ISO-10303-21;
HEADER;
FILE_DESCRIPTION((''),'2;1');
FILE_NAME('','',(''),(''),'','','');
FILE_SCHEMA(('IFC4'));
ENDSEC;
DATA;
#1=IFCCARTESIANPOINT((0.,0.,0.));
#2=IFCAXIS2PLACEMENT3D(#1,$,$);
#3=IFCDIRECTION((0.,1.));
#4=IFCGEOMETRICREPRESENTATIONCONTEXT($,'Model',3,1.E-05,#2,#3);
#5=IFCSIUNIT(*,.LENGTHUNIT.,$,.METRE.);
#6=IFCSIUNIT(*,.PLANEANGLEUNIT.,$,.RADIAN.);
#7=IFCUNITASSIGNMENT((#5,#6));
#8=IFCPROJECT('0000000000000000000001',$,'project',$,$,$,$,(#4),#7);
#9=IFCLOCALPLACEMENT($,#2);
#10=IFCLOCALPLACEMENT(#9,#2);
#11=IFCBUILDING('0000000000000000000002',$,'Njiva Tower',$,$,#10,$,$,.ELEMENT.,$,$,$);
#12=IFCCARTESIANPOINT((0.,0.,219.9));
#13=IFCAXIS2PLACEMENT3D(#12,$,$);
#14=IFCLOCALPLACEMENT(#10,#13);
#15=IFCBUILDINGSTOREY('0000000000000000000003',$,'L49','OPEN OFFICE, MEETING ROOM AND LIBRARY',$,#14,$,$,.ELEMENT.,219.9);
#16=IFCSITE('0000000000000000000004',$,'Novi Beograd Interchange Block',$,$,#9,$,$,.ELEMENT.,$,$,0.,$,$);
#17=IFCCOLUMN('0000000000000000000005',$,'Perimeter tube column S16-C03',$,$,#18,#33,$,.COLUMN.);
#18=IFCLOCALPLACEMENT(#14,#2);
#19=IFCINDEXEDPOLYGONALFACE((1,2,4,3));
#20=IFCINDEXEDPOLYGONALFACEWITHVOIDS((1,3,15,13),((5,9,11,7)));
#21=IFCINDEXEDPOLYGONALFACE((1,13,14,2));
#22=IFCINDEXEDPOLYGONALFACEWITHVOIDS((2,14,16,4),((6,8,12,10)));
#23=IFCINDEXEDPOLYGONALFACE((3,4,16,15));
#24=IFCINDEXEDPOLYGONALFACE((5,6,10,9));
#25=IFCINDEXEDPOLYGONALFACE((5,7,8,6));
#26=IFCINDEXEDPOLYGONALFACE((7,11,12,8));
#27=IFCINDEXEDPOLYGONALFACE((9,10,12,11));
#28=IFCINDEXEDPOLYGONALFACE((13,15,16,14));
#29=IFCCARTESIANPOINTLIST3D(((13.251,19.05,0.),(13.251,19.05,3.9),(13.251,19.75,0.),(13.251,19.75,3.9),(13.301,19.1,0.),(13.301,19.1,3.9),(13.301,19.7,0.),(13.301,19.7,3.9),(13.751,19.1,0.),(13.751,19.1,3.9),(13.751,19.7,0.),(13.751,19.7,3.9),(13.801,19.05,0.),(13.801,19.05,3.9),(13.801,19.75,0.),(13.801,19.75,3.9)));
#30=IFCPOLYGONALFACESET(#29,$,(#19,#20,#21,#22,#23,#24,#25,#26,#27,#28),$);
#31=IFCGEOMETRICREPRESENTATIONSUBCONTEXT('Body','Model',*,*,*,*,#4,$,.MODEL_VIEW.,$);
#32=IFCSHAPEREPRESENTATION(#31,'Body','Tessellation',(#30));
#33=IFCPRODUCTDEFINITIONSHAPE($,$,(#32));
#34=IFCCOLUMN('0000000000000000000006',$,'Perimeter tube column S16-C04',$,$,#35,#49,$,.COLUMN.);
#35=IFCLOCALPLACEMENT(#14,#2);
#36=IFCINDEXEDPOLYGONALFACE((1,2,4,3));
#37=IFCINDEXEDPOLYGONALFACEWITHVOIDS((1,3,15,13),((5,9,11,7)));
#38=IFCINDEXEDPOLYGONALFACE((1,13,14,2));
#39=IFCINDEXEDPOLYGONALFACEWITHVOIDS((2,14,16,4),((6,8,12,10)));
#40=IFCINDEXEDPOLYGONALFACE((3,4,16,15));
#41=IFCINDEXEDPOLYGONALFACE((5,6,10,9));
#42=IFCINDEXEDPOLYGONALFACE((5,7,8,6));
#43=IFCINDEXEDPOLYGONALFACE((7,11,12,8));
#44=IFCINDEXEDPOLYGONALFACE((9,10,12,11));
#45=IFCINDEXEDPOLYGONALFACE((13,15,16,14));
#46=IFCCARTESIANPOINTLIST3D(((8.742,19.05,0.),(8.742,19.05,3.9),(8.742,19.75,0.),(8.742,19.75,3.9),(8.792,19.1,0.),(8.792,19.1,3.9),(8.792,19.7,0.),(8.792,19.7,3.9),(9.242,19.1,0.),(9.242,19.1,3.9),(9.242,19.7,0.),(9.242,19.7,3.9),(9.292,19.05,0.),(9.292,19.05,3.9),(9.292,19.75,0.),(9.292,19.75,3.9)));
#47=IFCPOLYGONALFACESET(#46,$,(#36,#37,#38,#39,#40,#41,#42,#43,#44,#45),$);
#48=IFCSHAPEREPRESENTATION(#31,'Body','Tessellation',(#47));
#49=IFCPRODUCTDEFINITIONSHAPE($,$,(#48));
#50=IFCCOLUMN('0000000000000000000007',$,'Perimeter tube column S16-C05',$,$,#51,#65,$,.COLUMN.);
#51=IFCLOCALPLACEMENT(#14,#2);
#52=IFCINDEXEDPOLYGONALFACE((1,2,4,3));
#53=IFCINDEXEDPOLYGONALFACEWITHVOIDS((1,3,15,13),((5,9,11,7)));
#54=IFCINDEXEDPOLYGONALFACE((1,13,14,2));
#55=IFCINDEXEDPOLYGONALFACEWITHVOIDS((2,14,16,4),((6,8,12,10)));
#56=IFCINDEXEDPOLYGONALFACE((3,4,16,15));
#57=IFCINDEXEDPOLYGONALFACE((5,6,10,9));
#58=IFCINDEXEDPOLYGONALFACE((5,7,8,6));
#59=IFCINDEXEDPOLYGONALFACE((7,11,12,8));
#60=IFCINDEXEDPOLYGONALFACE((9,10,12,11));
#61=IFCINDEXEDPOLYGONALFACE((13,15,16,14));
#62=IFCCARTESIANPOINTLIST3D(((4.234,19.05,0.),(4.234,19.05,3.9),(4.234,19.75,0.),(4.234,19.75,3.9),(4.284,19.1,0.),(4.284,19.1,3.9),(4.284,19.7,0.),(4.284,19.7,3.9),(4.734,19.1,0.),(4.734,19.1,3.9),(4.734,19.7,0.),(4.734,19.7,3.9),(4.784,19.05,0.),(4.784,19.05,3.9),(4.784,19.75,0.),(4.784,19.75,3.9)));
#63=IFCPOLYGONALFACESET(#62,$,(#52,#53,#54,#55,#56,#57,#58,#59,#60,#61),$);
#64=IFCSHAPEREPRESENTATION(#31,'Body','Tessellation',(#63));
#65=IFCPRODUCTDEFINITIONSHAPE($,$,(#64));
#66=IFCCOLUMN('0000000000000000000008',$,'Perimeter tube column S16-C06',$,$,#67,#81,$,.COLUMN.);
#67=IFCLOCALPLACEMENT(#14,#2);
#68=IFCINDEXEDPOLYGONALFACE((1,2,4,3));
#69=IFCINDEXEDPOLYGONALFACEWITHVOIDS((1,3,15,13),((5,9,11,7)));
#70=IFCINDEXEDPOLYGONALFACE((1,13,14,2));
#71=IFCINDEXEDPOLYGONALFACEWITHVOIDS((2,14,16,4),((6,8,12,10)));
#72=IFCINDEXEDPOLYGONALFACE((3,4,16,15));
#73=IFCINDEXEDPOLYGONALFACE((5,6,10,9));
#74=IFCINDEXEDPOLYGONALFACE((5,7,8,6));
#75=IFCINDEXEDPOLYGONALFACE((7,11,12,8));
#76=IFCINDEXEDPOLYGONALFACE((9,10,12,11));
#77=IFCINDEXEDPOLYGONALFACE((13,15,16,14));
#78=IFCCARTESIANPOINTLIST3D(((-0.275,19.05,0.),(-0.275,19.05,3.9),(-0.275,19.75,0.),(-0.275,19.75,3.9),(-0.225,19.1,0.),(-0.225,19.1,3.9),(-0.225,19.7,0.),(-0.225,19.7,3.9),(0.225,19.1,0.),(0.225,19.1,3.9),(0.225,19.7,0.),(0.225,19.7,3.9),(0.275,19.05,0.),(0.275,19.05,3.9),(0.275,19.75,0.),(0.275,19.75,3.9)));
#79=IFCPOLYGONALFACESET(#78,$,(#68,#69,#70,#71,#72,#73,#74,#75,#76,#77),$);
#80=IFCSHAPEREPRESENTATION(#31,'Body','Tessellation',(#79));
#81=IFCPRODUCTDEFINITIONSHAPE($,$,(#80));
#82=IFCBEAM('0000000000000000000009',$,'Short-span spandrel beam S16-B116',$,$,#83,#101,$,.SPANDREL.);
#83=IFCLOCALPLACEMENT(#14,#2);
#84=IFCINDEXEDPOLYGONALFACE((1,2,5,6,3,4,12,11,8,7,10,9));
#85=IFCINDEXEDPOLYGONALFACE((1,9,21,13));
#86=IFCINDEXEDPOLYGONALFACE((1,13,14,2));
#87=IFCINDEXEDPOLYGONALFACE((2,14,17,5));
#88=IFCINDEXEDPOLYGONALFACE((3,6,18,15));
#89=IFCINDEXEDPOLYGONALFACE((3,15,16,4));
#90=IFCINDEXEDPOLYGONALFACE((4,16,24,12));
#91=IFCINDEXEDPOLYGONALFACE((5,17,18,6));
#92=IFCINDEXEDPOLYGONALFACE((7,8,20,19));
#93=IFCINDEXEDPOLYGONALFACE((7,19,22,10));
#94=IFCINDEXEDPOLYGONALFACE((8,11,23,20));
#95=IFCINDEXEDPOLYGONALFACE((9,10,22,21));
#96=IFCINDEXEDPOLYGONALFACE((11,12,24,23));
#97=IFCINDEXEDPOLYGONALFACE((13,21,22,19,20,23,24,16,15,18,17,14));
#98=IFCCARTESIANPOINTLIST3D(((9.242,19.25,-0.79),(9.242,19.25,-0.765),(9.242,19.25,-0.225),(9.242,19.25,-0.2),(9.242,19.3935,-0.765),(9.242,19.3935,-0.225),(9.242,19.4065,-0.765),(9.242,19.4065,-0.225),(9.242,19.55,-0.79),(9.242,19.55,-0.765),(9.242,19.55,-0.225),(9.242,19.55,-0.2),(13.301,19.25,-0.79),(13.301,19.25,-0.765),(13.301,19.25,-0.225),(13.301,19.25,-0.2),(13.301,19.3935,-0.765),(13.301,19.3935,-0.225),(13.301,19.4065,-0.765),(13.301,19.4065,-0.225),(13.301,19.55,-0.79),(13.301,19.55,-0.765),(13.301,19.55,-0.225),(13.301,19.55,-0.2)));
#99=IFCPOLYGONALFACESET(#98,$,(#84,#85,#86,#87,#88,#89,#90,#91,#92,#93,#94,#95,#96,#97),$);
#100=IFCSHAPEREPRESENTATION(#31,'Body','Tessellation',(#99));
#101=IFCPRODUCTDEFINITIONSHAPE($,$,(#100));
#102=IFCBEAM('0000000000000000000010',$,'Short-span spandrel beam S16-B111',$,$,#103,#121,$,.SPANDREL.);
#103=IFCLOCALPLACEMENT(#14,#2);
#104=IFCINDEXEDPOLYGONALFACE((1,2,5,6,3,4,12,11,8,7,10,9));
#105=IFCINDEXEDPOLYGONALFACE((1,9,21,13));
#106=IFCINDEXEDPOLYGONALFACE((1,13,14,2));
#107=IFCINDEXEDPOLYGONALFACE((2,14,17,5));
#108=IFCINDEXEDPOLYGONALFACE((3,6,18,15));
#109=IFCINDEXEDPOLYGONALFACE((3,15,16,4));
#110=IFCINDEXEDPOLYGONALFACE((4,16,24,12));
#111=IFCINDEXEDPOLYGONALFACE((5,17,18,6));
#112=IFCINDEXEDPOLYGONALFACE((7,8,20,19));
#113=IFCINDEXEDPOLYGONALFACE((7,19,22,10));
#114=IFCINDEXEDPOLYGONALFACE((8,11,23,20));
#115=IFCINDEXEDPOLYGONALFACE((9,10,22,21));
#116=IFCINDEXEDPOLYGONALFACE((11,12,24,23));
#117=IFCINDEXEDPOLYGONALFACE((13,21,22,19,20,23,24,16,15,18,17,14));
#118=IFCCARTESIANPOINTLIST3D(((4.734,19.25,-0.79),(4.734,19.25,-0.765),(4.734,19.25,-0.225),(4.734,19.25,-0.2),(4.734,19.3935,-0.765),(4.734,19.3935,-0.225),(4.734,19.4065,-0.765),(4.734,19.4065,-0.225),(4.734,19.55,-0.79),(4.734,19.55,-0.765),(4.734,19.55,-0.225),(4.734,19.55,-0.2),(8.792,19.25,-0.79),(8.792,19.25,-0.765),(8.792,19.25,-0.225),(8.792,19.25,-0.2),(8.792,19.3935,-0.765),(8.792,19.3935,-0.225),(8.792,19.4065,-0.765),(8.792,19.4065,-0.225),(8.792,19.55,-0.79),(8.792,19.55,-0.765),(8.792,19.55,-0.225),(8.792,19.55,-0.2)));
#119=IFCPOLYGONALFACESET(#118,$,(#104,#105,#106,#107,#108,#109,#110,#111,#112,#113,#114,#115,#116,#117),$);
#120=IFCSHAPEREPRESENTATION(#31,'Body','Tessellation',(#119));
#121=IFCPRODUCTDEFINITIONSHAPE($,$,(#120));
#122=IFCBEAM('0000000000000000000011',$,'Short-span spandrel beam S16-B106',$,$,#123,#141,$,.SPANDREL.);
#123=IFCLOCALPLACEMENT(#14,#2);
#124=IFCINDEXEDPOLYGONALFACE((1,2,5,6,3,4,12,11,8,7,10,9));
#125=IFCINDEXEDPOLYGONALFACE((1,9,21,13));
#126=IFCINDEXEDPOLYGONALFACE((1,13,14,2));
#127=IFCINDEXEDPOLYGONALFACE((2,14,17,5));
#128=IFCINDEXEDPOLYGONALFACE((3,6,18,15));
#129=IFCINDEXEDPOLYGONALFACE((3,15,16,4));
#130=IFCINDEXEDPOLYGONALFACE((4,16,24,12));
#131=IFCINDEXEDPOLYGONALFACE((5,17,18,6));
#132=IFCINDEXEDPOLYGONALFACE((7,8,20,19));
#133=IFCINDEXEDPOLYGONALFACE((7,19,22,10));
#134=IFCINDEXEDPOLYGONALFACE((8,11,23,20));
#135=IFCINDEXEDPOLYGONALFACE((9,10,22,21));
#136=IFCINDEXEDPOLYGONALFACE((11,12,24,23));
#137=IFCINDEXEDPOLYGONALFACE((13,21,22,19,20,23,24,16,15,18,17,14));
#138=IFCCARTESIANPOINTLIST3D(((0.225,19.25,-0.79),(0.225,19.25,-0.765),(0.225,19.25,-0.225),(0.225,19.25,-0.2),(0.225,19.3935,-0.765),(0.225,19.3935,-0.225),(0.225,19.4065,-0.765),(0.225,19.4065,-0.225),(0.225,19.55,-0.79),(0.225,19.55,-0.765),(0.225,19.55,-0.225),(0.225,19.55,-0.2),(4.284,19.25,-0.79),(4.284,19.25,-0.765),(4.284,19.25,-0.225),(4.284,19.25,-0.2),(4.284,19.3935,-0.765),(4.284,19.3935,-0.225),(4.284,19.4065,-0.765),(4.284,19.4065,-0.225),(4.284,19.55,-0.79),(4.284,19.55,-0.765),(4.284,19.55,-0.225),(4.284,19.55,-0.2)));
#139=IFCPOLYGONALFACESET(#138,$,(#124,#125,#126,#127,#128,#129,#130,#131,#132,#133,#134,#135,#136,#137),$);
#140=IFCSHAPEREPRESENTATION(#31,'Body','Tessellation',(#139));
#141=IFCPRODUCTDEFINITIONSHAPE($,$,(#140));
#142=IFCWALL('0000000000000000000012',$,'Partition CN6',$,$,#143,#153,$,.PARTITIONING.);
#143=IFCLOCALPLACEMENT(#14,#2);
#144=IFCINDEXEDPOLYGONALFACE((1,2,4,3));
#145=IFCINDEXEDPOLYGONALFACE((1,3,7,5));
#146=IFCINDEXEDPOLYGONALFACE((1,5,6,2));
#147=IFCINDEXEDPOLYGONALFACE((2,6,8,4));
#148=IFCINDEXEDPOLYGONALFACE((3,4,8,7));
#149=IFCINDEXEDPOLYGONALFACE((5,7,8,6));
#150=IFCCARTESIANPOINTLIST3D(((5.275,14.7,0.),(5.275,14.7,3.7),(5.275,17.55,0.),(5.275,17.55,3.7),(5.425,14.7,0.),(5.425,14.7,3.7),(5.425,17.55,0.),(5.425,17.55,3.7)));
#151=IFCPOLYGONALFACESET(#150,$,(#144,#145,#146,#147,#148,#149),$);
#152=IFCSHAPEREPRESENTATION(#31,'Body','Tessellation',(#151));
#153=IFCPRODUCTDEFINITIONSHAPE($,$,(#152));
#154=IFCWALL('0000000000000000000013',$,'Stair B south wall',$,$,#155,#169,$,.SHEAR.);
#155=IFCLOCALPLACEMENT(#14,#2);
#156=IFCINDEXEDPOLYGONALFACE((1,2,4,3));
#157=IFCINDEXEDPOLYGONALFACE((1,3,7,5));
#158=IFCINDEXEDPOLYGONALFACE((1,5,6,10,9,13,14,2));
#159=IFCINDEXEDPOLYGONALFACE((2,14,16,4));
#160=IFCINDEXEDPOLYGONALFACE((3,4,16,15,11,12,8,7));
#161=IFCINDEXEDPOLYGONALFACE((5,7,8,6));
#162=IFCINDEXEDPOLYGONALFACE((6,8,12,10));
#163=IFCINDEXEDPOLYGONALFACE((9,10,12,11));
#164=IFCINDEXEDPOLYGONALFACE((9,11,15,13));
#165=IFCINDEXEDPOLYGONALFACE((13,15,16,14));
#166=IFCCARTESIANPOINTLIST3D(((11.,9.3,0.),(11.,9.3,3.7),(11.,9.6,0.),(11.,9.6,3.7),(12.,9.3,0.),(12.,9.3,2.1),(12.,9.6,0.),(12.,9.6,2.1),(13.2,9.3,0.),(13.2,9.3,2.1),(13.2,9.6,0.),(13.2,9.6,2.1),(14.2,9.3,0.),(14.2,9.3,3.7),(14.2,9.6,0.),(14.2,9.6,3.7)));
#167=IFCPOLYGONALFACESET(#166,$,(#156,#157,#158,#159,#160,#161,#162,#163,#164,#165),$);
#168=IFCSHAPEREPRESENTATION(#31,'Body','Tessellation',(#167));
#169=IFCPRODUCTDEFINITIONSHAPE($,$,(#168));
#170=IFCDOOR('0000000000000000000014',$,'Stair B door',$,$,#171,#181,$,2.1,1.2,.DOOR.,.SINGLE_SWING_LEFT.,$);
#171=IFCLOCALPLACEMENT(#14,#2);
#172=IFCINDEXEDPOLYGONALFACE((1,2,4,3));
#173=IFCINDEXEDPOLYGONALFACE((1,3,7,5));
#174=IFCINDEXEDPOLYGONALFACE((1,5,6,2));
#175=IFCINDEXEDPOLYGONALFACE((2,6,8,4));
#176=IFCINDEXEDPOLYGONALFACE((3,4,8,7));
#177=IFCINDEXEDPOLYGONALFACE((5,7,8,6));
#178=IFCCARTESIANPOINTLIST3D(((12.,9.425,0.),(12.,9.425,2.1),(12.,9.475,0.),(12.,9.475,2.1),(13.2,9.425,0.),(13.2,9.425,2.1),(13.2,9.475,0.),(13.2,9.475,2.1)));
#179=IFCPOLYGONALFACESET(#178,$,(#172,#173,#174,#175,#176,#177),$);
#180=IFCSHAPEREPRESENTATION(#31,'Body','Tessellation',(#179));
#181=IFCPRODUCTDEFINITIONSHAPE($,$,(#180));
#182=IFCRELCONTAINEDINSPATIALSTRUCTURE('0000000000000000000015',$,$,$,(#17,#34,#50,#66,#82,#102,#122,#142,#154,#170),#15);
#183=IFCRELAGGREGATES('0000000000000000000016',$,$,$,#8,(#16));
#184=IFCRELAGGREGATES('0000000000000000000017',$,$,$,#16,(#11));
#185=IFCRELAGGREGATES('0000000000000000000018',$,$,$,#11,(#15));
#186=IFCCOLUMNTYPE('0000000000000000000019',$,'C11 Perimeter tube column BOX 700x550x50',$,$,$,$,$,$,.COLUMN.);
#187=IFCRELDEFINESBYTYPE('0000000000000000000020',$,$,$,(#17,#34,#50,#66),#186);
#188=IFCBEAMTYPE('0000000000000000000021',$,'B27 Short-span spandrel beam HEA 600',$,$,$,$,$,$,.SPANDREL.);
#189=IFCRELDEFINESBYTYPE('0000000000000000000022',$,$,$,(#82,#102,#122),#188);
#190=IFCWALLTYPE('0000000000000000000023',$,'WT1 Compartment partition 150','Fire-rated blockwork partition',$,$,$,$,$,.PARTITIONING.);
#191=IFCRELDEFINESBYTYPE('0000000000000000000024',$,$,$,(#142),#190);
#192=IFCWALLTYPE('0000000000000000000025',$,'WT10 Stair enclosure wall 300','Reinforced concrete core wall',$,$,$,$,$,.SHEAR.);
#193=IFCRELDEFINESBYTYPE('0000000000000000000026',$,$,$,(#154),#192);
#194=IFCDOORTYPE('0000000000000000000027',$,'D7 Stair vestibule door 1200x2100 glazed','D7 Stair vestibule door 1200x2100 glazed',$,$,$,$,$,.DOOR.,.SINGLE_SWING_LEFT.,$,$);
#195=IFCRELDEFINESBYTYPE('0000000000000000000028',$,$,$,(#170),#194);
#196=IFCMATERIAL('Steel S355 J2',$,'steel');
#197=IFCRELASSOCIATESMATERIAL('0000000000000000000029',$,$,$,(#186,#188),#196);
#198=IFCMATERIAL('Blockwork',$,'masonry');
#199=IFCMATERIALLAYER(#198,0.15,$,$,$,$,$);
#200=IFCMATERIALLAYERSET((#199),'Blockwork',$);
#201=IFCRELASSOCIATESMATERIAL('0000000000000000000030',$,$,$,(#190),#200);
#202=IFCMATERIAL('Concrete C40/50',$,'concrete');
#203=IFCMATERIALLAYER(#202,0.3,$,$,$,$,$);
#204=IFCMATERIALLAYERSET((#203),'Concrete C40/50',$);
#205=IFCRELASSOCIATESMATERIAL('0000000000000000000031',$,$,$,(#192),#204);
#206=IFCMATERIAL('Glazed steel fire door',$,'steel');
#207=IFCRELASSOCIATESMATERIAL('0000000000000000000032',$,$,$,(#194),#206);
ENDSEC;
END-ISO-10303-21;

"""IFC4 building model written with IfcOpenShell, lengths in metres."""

from ifc_helpers import new_model, si_unit, direction, frame, frame_2d, origin, origin_2d, place, context, subcontext, project, spatial, rectangle, hollow_rectangle, i_section, extrude, material, layer, layer_set, material_profile, profile_set, type_object, element, fill, save


model = new_model("IFC4")

# Units and contexts
model_context = context("Model", 3, precision=1e-05, world=origin(), true_north=direction((0.0, 1.0)))
body_context = subcontext(model_context, "Body", "Model", "MODEL_VIEW")
ifc_project = project(units=[si_unit("LENGTHUNIT", "METRE"), si_unit("PLANEANGLEUNIT", "RADIAN")], contexts=[model_context])

# Site, building, storey
site_placement = place(None, origin())
site = spatial("IfcSite", under=ifc_project, at=site_placement, Name="Novi Beograd Interchange Block", CompositionType="ELEMENT", RefElevation=0.0)
building_placement = place(site_placement, origin())
building = spatial("IfcBuilding", under=site, at=building_placement, Name="Njiva Tower", CompositionType="ELEMENT")
storey_placement = place(building_placement, frame((0.0, 0.0, 219.9)))
storey = spatial("IfcBuildingStorey", under=building, at=storey_placement, Name="L49", Description="OPEN OFFICE, MEETING ROOM AND LIBRARY", CompositionType="ELEMENT", Elevation=219.9)

# Columns
ifc_material_1 = material(Name="Steel S355 J2", Category="steel")
ifc_material_profile_1 = material_profile(ifc_material_1, hollow_rectangle(XDim=0.55, YDim=0.7, WallThickness=0.05, at=origin_2d()), Name="BOX 700x550x50")
ifc_profile_set_1 = profile_set([ifc_material_profile_1], Name="Steel S355 J2")
column_type = type_object("IfcColumnType", Name="C11 Perimeter tube column BOX 700x550x50", PredefinedType="COLUMN", material=ifc_profile_set_1)
for number, where, z_axis, x_axis, name in (
    (1, (13.526, 19.4, 0.0), (0.0, 0.0, 1.0), (-1.0, 0.0, 0.0), "Perimeter tube column S16-C03"),
    (2, (9.017, 19.4, 0.0), (0.0, 0.0, 1.0), (-1.0, 0.0, 0.0), "Perimeter tube column S16-C04"),
    (3, (4.509, 19.4, 0.0), (0.0, 0.0, 1.0), (-1.0, 0.0, 0.0), "Perimeter tube column S16-C05"),
    (4, (0.0, 19.4, 0.0), (0.0, 0.0, 1.0), (-1.0, 0.0, 0.0), "Perimeter tube column S16-C06"),
):
    element("IfcColumn", number, at=place(storey_placement, frame(where, z_axis=z_axis, x_axis=x_axis)), inside=storey, type_object=column_type, Name=name, PredefinedType="COLUMN", context=body_context, shape_type="SweptSolid", body=[
        extrude(hollow_rectangle(XDim=0.55, YDim=0.7, WallThickness=0.05, at=origin_2d()), origin(), (0.0, 0.0, 1.0), 3.9),
    ])

# Beams
ifc_material_profile_2 = material_profile(ifc_material_1, i_section(OverallWidth=0.3, OverallDepth=0.59, WebThickness=0.013, FlangeThickness=0.025, at=origin_2d()), Name="HEA 600")
ifc_profile_set_2 = profile_set([ifc_material_profile_2], Name="Steel S355 J2")
beam_type = type_object("IfcBeamType", Name="B27 Short-span spandrel beam HEA 600", PredefinedType="SPANDREL", material=ifc_profile_set_2)
beam_1_placement = place(storey_placement, frame((13.301, 19.4, -0.495), z_axis=(-1.0, 0.0, 0.0), x_axis=(0.0, -1.0, 0.0)))
element("IfcBeam", 5, at=beam_1_placement, inside=storey, type_object=beam_type, Name="Short-span spandrel beam S16-B116", PredefinedType="SPANDREL", context=body_context, shape_type="SweptSolid", body=[
    extrude(i_section(OverallWidth=0.3, OverallDepth=0.59, WebThickness=0.013, FlangeThickness=0.025, at=origin_2d()), origin(), (0.0, 0.0, 1.0), 4.059),
])
beam_2_placement = place(storey_placement, frame((8.792, 19.4, -0.495), z_axis=(-1.0, 0.0, 0.0), x_axis=(0.0, -1.0, 0.0)))
element("IfcBeam", 6, at=beam_2_placement, inside=storey, type_object=beam_type, Name="Short-span spandrel beam S16-B111", PredefinedType="SPANDREL", context=body_context, shape_type="SweptSolid", body=[
    extrude(i_section(OverallWidth=0.3, OverallDepth=0.59, WebThickness=0.013, FlangeThickness=0.025, at=origin_2d()), origin(), (0.0, 0.0, 1.0), 4.058),
])
beam_3_placement = place(storey_placement, frame((4.284, 19.4, -0.495), z_axis=(-1.0, 0.0, 0.0), x_axis=(0.0, -1.0, 0.0)))
element("IfcBeam", 7, at=beam_3_placement, inside=storey, type_object=beam_type, Name="Short-span spandrel beam S16-B106", PredefinedType="SPANDREL", context=body_context, shape_type="SweptSolid", body=[
    extrude(i_section(OverallWidth=0.3, OverallDepth=0.59, WebThickness=0.013, FlangeThickness=0.025, at=origin_2d()), origin(), (0.0, 0.0, 1.0), 4.059),
])

# Wall
ifc_material_2 = material(Name="Blockwork", Category="masonry")
ifc_layer_1 = layer(ifc_material_2, 0.15)
ifc_layer_set_1 = layer_set([ifc_layer_1], Name="Blockwork")
wall_type_1 = type_object("IfcWallType", Name="WT1 Compartment partition 150", Description="Fire-rated blockwork partition", PredefinedType="PARTITIONING", material=ifc_layer_set_1)
wall_1_placement = place(storey_placement, frame((5.35, 14.7, 0.0), z_axis=(0.0, 0.0, 1.0), x_axis=(0.0, 1.0, 0.0)))
element("IfcWall", 8, at=wall_1_placement, inside=storey, type_object=wall_type_1, Name="Partition CN6", PredefinedType="PARTITIONING", context=body_context, shape_type="SweptSolid", body=[
    extrude(rectangle(XDim=2.85, YDim=0.15, at=frame_2d((1.425, 0.0))), origin(), (0.0, 0.0, 1.0), 3.7),
])

# Wall, opening, door
ifc_material_3 = material(Name="Concrete C40/50", Category="concrete")
ifc_layer_2 = layer(ifc_material_3, 0.3)
ifc_layer_set_2 = layer_set([ifc_layer_2], Name="Concrete C40/50")
wall_type_2 = type_object("IfcWallType", Name="WT10 Stair enclosure wall 300", Description="Reinforced concrete core wall", PredefinedType="SHEAR", material=ifc_layer_set_2)
wall_2_placement = place(storey_placement, frame((11.0, 9.45, 0.0), z_axis=(0.0, 0.0, 1.0), x_axis=(1.0, 0.0, 0.0)))
wall_2 = element("IfcWall", 9, at=wall_2_placement, inside=storey, type_object=wall_type_2, Name="Stair B south wall", PredefinedType="SHEAR", context=body_context, shape_type="SweptSolid", body=[
    extrude(rectangle(XDim=3.2, YDim=0.3, at=frame_2d((1.6, 0.0))), origin(), (0.0, 0.0, 1.0), 3.7),
])
opening_1_placement = place(wall_2_placement, frame((1.0, 0.0, 0.0)))
opening_1 = element("IfcOpeningElement", 10, at=opening_1_placement, cuts=wall_2, PredefinedType="OPENING", context=body_context, shape_type="SweptSolid", body=[
    extrude(rectangle(XDim=1.2, YDim=2.1, at=frame_2d((0.6, 1.05))), frame((0.0, 0.16, 0.0), z_axis=(0.0, -1.0, 0.0), x_axis=(1.0, 0.0, 0.0)), (0.0, 0.0, 1.0), 0.32),
])
ifc_material_4 = material(Name="Glazed steel fire door", Category="steel")
door_type_1 = type_object("IfcDoorType", Name="D7 Stair vestibule door 1200x2100 glazed", Description="D7 Stair vestibule door 1200x2100 glazed", OperationType="SINGLE_SWING_LEFT", PredefinedType="DOOR", material=ifc_material_4)
door_1_placement = place(opening_1_placement, origin())
door_1 = element("IfcDoor", 11, at=door_1_placement, inside=storey, type_object=door_type_1, Name="Stair B door", OperationType="SINGLE_SWING_LEFT", OverallHeight=2.1, OverallWidth=1.2, PredefinedType="DOOR", context=body_context, shape_type="SweptSolid", body=[
    extrude(rectangle(XDim=1.2, YDim=2.1, at=frame_2d((0.6, 1.05))), frame((0.0, 0.025, 0.0), z_axis=(0.0, -1.0, 0.0), x_axis=(1.0, 0.0, 0.0)), (0.0, 0.0, 1.0), 0.05),
])
fill(opening_1, door_1)

save(model, "model.ifc")
